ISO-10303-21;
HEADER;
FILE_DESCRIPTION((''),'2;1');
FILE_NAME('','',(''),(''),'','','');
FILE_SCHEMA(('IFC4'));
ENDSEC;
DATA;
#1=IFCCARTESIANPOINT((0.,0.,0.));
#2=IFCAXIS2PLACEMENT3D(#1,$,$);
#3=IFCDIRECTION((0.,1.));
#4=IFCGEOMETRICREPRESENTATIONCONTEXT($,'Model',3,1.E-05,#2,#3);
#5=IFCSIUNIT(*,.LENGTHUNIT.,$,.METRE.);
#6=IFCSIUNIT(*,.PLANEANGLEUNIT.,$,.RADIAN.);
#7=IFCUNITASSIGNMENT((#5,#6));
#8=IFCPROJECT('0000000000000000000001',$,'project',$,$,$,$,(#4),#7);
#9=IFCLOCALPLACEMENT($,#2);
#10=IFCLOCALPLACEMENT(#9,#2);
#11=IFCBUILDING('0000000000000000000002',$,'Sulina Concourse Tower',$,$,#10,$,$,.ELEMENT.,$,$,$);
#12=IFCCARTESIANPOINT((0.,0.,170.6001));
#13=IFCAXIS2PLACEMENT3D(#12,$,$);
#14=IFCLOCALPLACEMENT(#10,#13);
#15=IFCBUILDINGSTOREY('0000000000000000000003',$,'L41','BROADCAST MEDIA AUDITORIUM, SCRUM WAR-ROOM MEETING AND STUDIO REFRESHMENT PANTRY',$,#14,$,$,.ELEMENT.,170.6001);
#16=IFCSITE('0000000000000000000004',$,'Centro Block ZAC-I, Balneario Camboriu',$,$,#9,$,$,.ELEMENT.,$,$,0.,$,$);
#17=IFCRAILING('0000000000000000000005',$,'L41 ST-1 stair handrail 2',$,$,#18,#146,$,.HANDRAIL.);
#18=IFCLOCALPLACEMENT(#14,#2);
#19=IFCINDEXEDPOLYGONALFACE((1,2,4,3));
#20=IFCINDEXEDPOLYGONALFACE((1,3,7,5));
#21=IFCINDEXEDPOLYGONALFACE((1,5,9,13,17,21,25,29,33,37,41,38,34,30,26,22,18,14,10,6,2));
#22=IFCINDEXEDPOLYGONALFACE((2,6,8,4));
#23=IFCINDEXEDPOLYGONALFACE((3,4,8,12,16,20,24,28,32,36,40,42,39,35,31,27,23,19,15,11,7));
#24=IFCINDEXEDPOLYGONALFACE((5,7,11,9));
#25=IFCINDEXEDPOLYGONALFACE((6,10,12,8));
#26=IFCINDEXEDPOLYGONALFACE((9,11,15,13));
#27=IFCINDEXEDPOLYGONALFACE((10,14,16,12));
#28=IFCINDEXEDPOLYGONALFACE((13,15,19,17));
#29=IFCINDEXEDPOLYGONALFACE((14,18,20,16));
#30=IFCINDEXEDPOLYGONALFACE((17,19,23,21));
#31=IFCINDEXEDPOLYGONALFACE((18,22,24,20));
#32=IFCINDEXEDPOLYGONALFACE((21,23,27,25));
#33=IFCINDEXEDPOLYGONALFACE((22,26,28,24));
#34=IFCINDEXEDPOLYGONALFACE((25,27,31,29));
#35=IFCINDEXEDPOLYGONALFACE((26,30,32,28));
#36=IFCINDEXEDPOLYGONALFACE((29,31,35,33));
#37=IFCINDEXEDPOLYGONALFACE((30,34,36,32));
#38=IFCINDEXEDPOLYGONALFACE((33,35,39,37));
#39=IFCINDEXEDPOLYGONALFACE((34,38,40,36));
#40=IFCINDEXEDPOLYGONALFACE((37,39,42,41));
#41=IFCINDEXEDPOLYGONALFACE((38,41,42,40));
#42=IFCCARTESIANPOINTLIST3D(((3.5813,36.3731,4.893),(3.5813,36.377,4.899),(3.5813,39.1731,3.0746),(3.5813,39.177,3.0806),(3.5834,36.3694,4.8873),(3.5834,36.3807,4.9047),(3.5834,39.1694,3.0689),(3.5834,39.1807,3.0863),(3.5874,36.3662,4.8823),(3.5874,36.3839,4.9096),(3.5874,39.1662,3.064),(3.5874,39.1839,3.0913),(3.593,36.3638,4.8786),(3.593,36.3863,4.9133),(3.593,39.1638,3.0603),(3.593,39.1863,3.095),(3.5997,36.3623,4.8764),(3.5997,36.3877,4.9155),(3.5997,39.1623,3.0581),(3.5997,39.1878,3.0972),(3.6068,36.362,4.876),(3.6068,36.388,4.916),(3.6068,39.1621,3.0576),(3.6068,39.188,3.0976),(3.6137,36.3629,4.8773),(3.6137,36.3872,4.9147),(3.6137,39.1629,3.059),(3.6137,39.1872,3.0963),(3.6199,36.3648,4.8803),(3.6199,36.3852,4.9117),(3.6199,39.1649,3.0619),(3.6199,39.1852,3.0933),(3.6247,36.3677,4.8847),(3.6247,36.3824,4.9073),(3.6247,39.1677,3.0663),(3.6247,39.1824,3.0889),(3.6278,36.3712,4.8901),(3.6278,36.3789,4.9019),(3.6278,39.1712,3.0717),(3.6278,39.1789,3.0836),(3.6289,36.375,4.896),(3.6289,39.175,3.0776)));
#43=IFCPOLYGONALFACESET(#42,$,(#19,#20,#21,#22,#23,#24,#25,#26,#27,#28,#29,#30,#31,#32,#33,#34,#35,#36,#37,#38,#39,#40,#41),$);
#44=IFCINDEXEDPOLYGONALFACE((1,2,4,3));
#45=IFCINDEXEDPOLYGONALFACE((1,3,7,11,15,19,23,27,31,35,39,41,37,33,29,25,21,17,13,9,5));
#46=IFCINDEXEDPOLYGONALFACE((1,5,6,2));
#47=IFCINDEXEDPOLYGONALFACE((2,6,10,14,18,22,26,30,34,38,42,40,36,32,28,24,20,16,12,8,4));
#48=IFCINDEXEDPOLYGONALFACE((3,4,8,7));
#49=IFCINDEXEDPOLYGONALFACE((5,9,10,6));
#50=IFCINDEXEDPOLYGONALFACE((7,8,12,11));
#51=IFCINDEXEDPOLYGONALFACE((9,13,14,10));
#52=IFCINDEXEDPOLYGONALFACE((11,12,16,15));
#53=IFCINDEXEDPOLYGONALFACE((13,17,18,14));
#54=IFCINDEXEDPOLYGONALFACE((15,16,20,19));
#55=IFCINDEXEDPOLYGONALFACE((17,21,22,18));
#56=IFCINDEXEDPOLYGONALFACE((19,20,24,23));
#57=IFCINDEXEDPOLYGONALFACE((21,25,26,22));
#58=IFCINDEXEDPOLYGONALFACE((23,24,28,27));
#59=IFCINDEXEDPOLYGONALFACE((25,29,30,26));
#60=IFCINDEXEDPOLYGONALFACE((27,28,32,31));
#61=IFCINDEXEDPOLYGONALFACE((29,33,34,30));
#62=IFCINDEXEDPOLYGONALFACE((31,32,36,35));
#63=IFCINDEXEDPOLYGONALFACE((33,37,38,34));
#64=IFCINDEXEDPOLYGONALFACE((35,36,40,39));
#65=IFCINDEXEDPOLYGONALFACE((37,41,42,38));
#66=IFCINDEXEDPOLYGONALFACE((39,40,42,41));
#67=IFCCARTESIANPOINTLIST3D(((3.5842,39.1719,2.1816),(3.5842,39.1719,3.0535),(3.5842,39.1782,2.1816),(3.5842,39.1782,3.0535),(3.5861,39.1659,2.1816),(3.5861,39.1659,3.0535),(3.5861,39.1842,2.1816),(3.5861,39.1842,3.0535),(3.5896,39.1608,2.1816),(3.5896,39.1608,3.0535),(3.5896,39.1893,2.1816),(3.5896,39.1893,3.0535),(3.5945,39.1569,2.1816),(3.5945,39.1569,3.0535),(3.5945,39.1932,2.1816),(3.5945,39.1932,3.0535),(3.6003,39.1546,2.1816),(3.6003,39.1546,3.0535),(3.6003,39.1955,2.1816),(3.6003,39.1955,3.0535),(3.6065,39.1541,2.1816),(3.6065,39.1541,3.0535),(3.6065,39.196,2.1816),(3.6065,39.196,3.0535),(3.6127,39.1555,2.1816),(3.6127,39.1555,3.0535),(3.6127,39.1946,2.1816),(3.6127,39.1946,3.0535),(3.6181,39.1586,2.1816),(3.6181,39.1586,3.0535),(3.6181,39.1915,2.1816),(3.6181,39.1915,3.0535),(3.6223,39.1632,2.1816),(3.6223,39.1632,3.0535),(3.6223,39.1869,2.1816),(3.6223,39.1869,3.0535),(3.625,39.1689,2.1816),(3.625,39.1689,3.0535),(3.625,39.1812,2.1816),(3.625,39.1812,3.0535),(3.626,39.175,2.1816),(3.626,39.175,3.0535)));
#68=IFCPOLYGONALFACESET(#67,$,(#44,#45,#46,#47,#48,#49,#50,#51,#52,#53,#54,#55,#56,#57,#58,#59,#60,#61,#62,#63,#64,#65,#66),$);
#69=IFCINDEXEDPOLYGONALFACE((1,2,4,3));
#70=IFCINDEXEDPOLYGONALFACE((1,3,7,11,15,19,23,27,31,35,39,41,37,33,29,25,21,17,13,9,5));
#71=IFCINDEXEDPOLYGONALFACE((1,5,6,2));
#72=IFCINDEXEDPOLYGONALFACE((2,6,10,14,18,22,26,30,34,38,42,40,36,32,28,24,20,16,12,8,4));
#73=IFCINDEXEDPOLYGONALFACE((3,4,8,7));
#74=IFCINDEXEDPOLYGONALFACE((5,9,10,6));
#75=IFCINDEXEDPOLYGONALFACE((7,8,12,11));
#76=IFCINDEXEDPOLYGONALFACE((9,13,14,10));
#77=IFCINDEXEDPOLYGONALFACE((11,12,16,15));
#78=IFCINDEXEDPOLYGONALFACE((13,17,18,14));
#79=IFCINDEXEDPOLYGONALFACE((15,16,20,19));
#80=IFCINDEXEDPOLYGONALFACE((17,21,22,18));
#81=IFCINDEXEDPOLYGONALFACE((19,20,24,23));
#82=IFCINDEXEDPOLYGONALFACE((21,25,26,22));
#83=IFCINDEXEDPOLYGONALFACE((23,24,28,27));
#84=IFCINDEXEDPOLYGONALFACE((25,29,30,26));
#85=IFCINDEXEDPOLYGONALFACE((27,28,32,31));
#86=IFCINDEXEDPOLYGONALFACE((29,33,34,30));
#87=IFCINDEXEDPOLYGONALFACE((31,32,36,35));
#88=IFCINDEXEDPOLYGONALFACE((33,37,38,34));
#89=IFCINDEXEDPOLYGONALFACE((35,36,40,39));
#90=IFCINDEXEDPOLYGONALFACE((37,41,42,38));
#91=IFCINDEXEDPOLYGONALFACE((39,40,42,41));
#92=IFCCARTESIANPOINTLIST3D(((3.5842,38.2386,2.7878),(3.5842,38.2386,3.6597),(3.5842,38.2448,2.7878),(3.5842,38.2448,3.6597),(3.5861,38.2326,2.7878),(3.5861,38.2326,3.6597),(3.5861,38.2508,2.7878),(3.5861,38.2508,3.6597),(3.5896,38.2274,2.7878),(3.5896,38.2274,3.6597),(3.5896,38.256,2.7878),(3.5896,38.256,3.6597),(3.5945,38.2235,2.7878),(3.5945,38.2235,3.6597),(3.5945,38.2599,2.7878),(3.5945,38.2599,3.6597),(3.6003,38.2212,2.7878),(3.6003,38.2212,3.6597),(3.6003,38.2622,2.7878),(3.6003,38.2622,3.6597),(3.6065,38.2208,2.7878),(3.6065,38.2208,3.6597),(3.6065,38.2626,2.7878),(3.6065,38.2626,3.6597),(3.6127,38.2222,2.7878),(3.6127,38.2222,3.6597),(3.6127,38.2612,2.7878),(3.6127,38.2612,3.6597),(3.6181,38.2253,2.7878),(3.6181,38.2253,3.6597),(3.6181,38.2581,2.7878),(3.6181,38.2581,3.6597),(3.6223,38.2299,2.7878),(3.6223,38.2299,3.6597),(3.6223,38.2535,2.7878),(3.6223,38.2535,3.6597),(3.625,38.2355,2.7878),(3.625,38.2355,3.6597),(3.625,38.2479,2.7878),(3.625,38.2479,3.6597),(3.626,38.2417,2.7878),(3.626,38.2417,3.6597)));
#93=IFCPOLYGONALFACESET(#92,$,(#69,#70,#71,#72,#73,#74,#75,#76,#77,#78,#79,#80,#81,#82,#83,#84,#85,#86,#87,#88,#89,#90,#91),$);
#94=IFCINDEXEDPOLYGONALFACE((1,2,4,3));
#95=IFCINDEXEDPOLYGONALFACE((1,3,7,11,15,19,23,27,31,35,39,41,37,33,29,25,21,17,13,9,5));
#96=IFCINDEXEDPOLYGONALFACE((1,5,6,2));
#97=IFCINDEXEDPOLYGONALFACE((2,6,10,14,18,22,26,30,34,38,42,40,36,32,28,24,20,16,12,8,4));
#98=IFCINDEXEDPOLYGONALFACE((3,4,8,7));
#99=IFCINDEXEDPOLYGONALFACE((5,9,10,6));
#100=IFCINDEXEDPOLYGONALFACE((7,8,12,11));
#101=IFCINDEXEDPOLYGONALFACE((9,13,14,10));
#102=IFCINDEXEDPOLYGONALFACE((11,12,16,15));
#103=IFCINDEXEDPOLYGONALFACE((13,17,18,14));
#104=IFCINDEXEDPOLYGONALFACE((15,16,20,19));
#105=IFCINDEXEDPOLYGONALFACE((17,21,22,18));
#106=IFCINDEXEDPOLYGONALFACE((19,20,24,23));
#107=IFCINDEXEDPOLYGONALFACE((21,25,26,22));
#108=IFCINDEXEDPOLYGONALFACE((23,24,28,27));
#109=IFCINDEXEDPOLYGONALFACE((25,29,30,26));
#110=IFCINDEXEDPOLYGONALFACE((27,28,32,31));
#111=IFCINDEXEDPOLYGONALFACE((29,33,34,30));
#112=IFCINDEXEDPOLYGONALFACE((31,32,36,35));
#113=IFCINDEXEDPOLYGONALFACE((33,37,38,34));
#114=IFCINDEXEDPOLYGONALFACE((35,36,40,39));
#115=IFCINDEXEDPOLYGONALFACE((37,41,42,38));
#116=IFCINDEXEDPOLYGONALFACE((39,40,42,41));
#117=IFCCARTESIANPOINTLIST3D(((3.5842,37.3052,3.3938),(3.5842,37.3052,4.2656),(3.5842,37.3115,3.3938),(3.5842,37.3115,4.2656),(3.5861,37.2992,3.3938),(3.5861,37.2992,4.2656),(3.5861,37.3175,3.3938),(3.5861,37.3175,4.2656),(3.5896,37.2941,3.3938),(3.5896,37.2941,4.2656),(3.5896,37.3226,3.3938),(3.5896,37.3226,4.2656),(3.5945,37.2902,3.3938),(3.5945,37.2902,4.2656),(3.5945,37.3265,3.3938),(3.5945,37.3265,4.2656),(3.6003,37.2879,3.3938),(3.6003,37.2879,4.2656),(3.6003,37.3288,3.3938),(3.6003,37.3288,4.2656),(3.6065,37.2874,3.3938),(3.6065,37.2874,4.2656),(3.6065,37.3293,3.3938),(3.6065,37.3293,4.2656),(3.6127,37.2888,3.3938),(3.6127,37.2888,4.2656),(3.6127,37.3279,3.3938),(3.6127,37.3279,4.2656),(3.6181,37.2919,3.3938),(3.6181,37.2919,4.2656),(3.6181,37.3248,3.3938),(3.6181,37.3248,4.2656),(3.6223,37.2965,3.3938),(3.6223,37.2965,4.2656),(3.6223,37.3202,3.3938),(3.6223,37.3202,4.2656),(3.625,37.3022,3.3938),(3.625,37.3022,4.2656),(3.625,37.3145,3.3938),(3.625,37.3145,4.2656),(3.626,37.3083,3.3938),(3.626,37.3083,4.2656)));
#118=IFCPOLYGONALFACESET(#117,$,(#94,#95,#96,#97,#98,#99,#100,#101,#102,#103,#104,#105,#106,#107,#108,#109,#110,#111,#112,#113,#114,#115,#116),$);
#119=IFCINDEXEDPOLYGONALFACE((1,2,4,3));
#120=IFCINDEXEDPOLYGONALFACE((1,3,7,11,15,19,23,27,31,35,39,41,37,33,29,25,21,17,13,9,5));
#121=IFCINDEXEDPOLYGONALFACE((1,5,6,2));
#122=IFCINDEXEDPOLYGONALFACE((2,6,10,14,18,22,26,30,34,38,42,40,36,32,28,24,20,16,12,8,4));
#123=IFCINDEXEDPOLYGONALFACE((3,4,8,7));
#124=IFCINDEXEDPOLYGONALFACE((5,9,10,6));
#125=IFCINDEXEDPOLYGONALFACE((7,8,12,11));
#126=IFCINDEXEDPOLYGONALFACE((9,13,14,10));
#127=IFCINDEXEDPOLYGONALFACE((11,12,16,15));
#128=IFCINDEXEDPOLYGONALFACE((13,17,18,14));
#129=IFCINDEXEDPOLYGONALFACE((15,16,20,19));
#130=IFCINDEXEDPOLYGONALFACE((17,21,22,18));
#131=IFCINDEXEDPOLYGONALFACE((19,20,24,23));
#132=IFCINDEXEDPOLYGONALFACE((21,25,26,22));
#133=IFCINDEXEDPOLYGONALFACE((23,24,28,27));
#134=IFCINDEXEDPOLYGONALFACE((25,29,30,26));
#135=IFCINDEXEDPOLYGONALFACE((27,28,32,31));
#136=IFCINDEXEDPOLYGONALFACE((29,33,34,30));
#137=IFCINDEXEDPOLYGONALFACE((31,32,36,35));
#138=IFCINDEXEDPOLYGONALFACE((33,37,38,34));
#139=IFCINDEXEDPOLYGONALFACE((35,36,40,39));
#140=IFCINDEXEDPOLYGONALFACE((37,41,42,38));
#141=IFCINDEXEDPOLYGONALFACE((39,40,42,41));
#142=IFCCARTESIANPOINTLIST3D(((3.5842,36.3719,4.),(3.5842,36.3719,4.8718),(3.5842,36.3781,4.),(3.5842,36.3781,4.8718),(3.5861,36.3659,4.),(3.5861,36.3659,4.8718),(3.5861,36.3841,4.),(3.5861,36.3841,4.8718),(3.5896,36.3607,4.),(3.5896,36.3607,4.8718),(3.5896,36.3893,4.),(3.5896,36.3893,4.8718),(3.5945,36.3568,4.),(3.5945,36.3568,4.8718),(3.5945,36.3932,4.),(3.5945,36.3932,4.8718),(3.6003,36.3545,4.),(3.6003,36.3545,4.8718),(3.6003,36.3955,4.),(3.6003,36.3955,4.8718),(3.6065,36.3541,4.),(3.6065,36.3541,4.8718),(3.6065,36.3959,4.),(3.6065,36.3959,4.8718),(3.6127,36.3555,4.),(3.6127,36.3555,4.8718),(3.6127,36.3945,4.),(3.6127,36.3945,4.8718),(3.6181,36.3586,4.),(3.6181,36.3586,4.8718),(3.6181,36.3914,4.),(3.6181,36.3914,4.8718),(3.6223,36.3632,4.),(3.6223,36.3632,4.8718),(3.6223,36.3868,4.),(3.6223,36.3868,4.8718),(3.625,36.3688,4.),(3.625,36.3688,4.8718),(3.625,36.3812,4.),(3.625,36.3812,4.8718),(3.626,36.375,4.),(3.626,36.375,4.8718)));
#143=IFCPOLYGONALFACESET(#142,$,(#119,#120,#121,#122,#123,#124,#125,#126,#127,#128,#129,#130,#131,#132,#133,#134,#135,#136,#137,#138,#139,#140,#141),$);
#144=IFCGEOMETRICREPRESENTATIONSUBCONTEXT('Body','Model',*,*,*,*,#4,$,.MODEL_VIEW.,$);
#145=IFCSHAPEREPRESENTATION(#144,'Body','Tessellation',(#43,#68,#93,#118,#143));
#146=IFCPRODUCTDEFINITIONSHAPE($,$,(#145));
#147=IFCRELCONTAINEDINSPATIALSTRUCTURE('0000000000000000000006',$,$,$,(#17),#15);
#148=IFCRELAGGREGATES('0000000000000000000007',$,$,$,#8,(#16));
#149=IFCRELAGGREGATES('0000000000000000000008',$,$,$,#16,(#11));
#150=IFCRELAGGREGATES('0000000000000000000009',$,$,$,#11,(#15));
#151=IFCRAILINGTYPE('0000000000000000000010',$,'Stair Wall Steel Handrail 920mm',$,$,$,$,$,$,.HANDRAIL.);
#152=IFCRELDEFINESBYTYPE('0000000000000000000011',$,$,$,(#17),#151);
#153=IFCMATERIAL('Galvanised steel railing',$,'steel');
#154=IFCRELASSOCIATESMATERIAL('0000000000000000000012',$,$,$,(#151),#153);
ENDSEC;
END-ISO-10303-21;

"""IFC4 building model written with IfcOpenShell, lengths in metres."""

from ifc_helpers import new_model, si_unit, direction, frame, origin, origin_2d, place, context, subcontext, project, spatial, circle, extrude, material, type_object, element, save


model = new_model("IFC4")

# Units and contexts
model_context = context("Model", 3, precision=1e-05, world=origin(), true_north=direction((0.0, 1.0)))
body_context = subcontext(model_context, "Body", "Model", "MODEL_VIEW")
ifc_project = project(units=[si_unit("LENGTHUNIT", "METRE"), si_unit("PLANEANGLEUNIT", "RADIAN")], contexts=[model_context])

# Site, building, storey
site_placement = place(None, origin())
site = spatial("IfcSite", under=ifc_project, at=site_placement, Name="Centro Block ZAC-I, Balneario Camboriu", CompositionType="ELEMENT", RefElevation=0.0)
building_placement = place(site_placement, origin())
building = spatial("IfcBuilding", under=site, at=building_placement, Name="Sulina Concourse Tower", CompositionType="ELEMENT")
storey_placement = place(building_placement, frame((0.0, 0.0, 170.6001)))
storey = spatial("IfcBuildingStorey", under=building, at=storey_placement, Name="L41", Description="BROADCAST MEDIA AUDITORIUM, SCRUM WAR-ROOM MEETING AND STUDIO REFRESHMENT PANTRY", CompositionType="ELEMENT", Elevation=170.6001)

# Railing
ifc_material_1 = material(Name="Galvanised steel railing", Category="steel")
railing_type_1 = type_object("IfcRailingType", Name="Stair Wall Steel Handrail 920mm", PredefinedType="HANDRAIL", material=ifc_material_1)
railing_1_placement = place(storey_placement, frame((3.605, 39.175, 2.1816)))
element("IfcRailing", 1, at=railing_1_placement, inside=storey, type_object=railing_type_1, Name="L41 ST-1 stair handrail 2", PredefinedType="HANDRAIL", context=body_context, shape_type="SweptSolid", body=[
    extrude(circle(Radius=0.0239, at=origin_2d()), frame((0.0, 0.0, 0.896), z_axis=(0.0, -0.838672, 0.544636), x_axis=(1.0, 0.0, 0.0)), (0.0, 0.0, 1.0), 3.3386),
    extrude(circle(Radius=0.021, at=origin_2d()), origin(), (0.0, 0.0, 1.0), 0.8718),
    extrude(circle(Radius=0.021, at=origin_2d()), frame((0.0, -0.9333, 0.6062)), (0.0, 0.0, 1.0), 0.8718),
    extrude(circle(Radius=0.021, at=origin_2d()), frame((0.0, -1.8667, 1.2122)), (0.0, 0.0, 1.0), 0.8718),
    extrude(circle(Radius=0.021, at=origin_2d()), frame((0.0, -2.8, 1.8184)), (0.0, 0.0, 1.0), 0.8718),
])

save(model, "model.ifc")
